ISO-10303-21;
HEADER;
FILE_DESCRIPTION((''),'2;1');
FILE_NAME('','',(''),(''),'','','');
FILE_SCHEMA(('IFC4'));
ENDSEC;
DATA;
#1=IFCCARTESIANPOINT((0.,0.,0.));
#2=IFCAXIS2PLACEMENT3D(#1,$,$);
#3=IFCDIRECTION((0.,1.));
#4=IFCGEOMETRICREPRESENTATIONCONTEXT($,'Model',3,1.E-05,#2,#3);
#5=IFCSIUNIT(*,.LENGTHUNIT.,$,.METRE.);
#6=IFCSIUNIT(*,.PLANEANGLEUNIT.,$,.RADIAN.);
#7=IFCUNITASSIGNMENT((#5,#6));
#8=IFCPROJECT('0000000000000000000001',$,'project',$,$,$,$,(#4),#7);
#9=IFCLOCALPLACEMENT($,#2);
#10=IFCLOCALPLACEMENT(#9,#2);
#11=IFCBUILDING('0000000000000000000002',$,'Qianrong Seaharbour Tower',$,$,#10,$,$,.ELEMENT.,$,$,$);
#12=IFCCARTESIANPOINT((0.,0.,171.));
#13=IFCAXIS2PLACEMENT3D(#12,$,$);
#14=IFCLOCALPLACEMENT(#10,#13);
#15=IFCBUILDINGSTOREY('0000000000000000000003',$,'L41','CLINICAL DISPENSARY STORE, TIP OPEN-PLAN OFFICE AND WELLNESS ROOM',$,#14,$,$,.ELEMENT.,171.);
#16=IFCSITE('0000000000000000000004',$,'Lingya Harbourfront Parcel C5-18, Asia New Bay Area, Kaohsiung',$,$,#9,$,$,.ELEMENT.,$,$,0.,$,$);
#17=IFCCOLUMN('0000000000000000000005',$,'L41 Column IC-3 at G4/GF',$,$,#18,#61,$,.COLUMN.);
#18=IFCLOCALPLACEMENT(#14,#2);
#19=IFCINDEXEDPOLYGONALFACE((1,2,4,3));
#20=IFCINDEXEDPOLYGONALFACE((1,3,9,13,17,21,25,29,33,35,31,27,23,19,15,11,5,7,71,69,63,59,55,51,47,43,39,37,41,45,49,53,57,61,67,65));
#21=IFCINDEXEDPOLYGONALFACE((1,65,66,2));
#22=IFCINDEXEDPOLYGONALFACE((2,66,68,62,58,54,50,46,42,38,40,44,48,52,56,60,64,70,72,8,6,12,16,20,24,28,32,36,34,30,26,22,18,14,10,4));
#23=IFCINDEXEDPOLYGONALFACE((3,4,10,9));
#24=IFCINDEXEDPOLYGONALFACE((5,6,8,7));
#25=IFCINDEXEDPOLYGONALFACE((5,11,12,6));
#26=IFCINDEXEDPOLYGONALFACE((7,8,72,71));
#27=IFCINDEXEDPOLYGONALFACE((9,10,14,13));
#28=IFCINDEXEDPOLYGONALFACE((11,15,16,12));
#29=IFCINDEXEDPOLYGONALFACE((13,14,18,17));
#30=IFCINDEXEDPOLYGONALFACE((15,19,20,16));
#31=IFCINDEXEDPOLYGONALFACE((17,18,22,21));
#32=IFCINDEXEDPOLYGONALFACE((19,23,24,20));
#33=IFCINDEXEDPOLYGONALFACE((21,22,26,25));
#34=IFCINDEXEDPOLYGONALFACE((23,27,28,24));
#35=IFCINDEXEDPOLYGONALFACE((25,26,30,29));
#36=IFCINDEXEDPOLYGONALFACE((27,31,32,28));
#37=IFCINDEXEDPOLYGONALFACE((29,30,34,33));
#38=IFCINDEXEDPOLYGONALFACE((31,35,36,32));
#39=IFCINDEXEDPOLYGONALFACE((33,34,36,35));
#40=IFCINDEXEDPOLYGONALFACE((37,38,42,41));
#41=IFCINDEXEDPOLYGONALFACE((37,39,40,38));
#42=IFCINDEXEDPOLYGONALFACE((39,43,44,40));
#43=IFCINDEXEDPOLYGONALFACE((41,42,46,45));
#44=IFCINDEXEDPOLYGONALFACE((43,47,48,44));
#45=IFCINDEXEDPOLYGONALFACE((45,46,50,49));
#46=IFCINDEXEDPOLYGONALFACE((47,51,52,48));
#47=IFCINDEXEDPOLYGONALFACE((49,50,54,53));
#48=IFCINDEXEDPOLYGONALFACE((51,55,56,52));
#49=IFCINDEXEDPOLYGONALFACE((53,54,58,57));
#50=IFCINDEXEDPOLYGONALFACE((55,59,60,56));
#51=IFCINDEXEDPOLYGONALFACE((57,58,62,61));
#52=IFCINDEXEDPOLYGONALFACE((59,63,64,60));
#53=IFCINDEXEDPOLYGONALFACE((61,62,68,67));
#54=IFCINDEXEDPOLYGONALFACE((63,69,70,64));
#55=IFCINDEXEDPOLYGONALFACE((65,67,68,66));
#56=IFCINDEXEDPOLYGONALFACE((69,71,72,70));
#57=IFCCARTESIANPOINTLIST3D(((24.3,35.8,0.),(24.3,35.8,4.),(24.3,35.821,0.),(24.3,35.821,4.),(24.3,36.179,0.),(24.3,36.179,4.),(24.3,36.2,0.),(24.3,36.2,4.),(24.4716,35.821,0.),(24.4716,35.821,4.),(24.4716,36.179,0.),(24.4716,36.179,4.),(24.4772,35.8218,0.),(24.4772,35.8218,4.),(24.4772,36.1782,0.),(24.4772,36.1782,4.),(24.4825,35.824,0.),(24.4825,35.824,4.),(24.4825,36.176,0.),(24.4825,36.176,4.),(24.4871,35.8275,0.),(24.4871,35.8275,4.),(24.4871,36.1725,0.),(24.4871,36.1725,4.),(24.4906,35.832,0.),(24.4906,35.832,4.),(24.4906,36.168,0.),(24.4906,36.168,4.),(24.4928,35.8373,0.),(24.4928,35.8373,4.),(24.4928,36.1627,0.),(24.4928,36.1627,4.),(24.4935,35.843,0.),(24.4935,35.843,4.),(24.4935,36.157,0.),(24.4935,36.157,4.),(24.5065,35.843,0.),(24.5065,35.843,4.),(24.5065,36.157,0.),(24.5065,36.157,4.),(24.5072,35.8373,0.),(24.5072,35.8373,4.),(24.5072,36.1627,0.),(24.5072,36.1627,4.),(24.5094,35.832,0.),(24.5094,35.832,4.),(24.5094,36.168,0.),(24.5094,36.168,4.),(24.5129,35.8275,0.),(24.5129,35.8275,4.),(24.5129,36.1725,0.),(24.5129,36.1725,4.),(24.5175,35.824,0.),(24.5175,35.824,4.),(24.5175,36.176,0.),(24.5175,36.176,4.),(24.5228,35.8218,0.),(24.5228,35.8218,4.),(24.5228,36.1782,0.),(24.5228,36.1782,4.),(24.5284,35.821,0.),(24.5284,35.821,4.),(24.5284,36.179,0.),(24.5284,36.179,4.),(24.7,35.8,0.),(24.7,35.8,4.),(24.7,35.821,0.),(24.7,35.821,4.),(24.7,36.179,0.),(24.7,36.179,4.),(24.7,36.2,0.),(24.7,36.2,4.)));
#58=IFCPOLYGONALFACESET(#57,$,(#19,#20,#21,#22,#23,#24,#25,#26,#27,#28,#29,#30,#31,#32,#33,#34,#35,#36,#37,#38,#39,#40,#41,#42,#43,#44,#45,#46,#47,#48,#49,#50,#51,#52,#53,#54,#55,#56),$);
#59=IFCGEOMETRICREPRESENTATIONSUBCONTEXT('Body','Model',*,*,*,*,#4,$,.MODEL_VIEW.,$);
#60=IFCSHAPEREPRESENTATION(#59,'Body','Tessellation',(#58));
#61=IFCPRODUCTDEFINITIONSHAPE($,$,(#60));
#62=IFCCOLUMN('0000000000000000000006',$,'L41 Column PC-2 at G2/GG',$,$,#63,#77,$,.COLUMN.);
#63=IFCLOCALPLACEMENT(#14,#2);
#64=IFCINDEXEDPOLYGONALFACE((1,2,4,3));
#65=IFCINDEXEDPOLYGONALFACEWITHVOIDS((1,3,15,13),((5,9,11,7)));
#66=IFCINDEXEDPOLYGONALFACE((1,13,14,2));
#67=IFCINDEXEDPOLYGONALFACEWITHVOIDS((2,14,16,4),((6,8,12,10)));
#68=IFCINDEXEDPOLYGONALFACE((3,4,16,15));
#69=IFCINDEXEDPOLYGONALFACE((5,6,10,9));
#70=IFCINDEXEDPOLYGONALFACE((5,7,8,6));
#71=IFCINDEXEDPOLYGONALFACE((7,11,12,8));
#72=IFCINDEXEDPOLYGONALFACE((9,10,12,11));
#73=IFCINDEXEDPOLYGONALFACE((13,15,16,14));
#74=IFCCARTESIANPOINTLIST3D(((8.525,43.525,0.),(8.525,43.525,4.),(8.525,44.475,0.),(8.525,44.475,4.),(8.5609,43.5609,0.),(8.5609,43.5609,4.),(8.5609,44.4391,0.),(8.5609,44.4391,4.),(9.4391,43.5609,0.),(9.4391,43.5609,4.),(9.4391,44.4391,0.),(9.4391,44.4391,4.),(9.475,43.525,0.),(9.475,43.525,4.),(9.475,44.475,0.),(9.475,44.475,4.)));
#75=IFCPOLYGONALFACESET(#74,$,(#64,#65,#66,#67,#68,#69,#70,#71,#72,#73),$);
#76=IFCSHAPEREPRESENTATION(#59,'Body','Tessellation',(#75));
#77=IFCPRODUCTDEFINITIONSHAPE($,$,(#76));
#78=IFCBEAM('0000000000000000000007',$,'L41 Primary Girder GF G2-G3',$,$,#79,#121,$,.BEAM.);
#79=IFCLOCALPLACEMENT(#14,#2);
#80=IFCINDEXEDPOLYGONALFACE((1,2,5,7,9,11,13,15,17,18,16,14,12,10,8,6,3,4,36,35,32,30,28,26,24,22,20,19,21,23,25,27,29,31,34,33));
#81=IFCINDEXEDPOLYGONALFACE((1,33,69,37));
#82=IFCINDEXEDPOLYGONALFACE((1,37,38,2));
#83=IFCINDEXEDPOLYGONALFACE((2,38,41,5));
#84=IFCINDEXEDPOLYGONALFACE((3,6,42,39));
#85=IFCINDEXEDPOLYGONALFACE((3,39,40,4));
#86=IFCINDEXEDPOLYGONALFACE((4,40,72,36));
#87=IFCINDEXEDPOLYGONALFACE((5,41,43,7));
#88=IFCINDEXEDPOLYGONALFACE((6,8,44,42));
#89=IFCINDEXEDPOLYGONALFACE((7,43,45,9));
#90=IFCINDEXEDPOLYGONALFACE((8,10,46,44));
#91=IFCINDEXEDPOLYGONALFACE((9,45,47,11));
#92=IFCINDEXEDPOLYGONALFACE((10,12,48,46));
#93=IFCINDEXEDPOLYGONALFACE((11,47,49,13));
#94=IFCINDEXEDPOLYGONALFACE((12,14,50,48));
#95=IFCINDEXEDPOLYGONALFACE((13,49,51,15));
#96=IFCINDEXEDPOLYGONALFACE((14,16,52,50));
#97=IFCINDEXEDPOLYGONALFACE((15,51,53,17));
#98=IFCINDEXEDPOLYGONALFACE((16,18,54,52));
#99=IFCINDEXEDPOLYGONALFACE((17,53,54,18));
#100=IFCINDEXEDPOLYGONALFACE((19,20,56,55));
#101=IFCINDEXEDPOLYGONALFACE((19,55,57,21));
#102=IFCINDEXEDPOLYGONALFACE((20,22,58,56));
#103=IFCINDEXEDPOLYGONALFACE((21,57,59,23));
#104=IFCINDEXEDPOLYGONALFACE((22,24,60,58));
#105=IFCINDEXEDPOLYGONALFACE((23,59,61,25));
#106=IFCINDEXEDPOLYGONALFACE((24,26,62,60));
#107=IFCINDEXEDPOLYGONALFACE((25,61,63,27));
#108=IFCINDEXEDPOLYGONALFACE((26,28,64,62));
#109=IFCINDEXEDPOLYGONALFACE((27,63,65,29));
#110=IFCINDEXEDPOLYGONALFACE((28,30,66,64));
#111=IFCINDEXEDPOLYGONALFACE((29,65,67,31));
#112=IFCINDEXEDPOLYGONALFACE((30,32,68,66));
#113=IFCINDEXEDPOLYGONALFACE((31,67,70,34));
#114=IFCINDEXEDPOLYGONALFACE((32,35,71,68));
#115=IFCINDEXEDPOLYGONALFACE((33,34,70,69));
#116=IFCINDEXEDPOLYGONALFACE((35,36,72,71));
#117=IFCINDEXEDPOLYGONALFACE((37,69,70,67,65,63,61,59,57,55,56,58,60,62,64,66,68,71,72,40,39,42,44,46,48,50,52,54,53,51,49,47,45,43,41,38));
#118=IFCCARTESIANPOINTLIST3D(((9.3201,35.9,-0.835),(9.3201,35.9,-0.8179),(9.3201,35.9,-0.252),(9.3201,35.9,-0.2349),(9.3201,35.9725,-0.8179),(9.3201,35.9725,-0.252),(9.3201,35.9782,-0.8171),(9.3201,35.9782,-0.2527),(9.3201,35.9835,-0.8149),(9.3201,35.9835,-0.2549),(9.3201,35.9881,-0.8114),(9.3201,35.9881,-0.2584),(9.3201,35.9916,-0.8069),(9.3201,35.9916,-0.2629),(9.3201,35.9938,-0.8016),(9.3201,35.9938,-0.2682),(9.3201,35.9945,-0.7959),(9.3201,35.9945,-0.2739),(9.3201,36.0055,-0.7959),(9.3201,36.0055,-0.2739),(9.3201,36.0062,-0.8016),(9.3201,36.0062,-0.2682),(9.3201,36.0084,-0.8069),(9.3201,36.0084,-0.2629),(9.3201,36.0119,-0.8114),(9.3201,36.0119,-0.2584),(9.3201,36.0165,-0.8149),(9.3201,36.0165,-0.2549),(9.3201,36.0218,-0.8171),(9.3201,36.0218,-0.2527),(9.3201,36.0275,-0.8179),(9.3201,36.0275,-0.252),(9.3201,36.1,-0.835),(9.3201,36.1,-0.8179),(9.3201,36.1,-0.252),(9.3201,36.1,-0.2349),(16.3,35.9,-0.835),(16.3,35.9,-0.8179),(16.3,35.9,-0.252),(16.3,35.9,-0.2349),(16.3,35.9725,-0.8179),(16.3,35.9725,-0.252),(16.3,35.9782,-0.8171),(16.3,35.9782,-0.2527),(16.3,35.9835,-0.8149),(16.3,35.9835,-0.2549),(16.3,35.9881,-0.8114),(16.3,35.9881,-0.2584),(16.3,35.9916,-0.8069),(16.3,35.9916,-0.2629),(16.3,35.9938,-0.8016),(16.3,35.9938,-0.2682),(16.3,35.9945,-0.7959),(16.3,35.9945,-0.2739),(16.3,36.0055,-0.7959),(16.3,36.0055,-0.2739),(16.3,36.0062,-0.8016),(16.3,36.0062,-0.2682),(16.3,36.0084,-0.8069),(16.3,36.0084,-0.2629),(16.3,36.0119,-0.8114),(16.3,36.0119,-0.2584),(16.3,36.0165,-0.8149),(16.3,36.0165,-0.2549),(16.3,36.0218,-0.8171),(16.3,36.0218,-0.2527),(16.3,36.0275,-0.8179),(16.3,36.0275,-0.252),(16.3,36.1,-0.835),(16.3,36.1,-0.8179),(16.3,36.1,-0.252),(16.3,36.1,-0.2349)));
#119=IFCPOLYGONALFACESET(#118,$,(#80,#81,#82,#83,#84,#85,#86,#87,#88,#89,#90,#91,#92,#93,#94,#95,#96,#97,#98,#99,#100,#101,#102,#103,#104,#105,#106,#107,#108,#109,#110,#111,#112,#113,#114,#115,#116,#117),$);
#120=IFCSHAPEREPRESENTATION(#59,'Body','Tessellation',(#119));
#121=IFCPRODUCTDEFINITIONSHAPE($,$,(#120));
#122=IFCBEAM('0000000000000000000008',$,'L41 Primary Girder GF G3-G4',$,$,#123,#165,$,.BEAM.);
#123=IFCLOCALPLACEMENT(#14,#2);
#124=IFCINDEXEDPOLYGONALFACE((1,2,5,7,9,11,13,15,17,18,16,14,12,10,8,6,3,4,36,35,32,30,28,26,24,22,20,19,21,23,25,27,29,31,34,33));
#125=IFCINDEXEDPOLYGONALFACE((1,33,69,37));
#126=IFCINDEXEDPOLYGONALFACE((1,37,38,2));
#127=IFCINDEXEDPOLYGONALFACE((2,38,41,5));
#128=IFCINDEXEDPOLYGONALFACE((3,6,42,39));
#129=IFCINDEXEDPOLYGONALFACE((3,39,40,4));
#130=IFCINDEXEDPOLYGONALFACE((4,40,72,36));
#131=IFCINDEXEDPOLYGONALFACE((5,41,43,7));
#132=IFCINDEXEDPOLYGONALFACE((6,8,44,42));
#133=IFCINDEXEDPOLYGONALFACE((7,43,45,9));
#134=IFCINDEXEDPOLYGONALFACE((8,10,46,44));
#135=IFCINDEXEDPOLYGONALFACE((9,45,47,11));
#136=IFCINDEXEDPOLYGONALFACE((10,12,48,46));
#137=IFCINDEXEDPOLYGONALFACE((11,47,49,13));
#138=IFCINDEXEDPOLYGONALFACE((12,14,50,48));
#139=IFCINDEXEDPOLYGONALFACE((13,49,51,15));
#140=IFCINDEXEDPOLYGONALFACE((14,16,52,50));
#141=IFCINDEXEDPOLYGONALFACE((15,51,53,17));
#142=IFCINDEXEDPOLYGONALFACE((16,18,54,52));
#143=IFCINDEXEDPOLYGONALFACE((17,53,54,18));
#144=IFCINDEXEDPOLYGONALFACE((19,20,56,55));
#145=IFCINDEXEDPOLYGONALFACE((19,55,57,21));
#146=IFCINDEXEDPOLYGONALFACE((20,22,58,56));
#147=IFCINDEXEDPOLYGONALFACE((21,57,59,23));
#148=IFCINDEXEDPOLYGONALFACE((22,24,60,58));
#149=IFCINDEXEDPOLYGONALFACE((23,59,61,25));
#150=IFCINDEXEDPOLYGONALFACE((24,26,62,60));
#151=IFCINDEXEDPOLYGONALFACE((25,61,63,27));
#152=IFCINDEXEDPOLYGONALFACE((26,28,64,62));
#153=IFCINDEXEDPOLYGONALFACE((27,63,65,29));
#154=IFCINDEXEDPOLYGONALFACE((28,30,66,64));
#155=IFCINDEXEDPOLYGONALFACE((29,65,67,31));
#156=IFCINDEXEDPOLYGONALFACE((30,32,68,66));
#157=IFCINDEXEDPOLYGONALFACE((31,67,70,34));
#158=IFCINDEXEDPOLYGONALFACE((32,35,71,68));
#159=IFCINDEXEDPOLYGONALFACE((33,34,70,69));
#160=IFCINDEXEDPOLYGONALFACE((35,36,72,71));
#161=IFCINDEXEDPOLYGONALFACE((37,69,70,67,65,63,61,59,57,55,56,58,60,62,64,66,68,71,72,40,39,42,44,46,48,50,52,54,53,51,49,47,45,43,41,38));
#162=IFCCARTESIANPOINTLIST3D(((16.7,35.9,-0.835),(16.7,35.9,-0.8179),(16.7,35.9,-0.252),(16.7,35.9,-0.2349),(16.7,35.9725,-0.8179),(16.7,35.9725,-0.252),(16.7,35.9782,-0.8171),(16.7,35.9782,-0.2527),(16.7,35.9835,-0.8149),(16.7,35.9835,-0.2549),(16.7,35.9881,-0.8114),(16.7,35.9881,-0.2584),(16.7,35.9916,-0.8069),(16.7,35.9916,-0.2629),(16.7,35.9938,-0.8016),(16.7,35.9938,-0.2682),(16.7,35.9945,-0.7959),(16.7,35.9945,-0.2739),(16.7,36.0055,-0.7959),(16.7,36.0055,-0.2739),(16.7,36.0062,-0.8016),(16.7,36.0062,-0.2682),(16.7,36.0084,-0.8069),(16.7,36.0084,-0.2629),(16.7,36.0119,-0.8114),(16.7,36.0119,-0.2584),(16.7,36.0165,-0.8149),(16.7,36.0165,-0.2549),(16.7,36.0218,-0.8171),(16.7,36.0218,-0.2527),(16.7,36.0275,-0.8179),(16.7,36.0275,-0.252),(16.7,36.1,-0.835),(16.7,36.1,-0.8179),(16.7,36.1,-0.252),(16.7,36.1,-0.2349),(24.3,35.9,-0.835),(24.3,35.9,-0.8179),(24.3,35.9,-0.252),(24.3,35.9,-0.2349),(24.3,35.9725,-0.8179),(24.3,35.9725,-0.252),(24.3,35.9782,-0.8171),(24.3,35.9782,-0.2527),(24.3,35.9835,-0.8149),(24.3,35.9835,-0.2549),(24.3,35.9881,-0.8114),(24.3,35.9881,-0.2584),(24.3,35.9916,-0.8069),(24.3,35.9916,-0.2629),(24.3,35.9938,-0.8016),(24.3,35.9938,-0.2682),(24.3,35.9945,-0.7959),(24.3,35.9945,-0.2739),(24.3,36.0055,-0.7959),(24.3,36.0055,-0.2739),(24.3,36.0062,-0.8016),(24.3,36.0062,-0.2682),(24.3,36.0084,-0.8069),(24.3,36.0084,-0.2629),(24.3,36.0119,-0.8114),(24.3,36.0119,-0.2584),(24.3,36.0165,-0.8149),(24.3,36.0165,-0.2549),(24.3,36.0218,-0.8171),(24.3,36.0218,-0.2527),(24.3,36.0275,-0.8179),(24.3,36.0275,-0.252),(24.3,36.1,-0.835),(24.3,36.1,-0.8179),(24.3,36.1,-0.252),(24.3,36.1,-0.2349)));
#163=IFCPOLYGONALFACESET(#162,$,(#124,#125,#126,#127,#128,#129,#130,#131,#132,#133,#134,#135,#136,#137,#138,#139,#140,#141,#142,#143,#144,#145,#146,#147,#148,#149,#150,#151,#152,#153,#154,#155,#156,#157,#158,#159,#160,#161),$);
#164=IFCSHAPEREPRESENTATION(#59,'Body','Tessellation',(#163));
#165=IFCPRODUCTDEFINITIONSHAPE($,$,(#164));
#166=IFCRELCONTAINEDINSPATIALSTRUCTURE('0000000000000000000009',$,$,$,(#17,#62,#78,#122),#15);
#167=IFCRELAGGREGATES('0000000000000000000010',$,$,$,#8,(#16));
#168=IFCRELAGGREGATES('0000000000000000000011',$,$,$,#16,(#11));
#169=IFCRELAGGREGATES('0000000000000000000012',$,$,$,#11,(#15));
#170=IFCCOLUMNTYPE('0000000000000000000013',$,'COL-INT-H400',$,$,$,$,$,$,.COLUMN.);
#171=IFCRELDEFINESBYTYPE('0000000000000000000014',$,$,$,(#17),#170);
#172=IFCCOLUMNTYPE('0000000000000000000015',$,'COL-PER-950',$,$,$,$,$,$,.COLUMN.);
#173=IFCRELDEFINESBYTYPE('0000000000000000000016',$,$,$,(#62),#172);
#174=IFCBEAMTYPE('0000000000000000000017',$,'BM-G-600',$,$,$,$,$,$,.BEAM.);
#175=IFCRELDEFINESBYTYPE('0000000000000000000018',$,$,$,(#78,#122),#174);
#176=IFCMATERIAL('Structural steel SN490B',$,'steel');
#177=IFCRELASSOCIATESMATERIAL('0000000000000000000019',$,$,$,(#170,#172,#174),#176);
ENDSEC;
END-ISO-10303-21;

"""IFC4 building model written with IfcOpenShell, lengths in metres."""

from ifc_helpers import new_model, si_unit, direction, frame, origin, origin_2d, place, context, subcontext, project, spatial, hollow_rectangle, i_section, extrude, material, material_profile, profile_set, type_object, element, save


model = new_model("IFC4")

# Units and contexts
model_context = context("Model", 3, precision=1e-05, world=origin(), true_north=direction((0.0, 1.0)))
body_context = subcontext(model_context, "Body", "Model", "MODEL_VIEW")
ifc_project = project(units=[si_unit("LENGTHUNIT", "METRE"), si_unit("PLANEANGLEUNIT", "RADIAN")], contexts=[model_context])

# Site, building, storey
site_placement = place(None, origin())
site = spatial("IfcSite", under=ifc_project, at=site_placement, Name="Lingya Harbourfront Parcel C5-18, Asia New Bay Area, Kaohsiung", CompositionType="ELEMENT", RefElevation=0.0)
building_placement = place(site_placement, origin())
building = spatial("IfcBuilding", under=site, at=building_placement, Name="Qianrong Seaharbour Tower", CompositionType="ELEMENT")
storey_placement = place(building_placement, frame((0.0, 0.0, 171.0)))
storey = spatial("IfcBuildingStorey", under=building, at=storey_placement, Name="L41", Description="CLINICAL DISPENSARY STORE, TIP OPEN-PLAN OFFICE AND WELLNESS ROOM", CompositionType="ELEMENT", Elevation=171.0)

# Columns
ifc_material_1 = material(Name="Structural steel SN490B", Category="steel")
ifc_material_profile_1 = material_profile(ifc_material_1, i_section(OverallWidth=0.3999, OverallDepth=0.3999, WebThickness=0.0129, FlangeThickness=0.021, FilletRadius=0.022, at=origin_2d()), Name="H400x400x13x21")
ifc_profile_set_1 = profile_set([ifc_material_profile_1], Name="Structural steel SN490B")
column_type_1 = type_object("IfcColumnType", Name="COL-INT-H400", PredefinedType="COLUMN", material=ifc_profile_set_1)
for number, where, z_axis, x_axis, name in (
    (1, (24.5, 36.0, 0.0), (0.0, 0.0, 1.0), (1.0, 0.0, 0.0), "L41 Column IC-3 at G4/GF"),
):
    element("IfcColumn", number, at=place(storey_placement, frame(where, z_axis=z_axis, x_axis=x_axis)), inside=storey, type_object=column_type_1, Name=name, PredefinedType="COLUMN", context=body_context, shape_type="SweptSolid", body=[
        extrude(i_section(OverallWidth=0.3999, OverallDepth=0.3999, WebThickness=0.0129, FlangeThickness=0.021, FilletRadius=0.022, at=origin_2d()), origin(), (0.0, 0.0, 1.0), 4.0),
    ])
ifc_material_profile_2 = material_profile(ifc_material_1, hollow_rectangle(XDim=0.95, YDim=0.95, WallThickness=0.0359, at=origin_2d()), Name="BOX950x950x36")
ifc_profile_set_2 = profile_set([ifc_material_profile_2], Name="Structural steel SN490B")
column_type_2 = type_object("IfcColumnType", Name="COL-PER-950", PredefinedType="COLUMN", material=ifc_profile_set_2)
column_1_placement = place(storey_placement, frame((9.0, 44.0, 0.0), z_axis=(0.0, 0.0, 1.0), x_axis=(1.0, 0.0, 0.0)))
element("IfcColumn", 2, at=column_1_placement, inside=storey, type_object=column_type_2, Name="L41 Column PC-2 at G2/GG", PredefinedType="COLUMN", context=body_context, shape_type="SweptSolid", body=[
    extrude(hollow_rectangle(XDim=0.95, YDim=0.95, WallThickness=0.0359, at=origin_2d()), origin(), (0.0, 0.0, 1.0), 4.0),
])

# Beams
ifc_material_profile_3 = material_profile(ifc_material_1, i_section(OverallWidth=0.2, OverallDepth=0.6001, WebThickness=0.011, FlangeThickness=0.0171, FilletRadius=0.022, at=origin_2d()), Name="H600x200x11x17")
ifc_profile_set_3 = profile_set([ifc_material_profile_3], Name="Structural steel SN490B")
beam_type_1 = type_object("IfcBeamType", Name="BM-G-600", PredefinedType="BEAM", material=ifc_profile_set_3)
beam_1_placement = place(storey_placement, frame((9.3201, 36.0, -0.5349), z_axis=(1.0, 0.0, 0.0), x_axis=(0.0, 1.0, 0.0)))
element("IfcBeam", 3, at=beam_1_placement, inside=storey, type_object=beam_type_1, Name="L41 Primary Girder GF G2-G3", PredefinedType="BEAM", context=body_context, shape_type="SweptSolid", body=[
    extrude(i_section(OverallWidth=0.2, OverallDepth=0.6001, WebThickness=0.011, FlangeThickness=0.0171, FilletRadius=0.022, at=origin_2d()), origin(), (0.0, 0.0, 1.0), 6.98),
])
beam_2_placement = place(storey_placement, frame((16.7, 36.0, -0.5349), z_axis=(1.0, 0.0, 0.0), x_axis=(0.0, 1.0, 0.0)))
element("IfcBeam", 4, at=beam_2_placement, inside=storey, type_object=beam_type_1, Name="L41 Primary Girder GF G3-G4", PredefinedType="BEAM", context=body_context, shape_type="SweptSolid", body=[
    extrude(i_section(OverallWidth=0.2, OverallDepth=0.6001, WebThickness=0.011, FlangeThickness=0.0171, FilletRadius=0.022, at=origin_2d()), origin(), (0.0, 0.0, 1.0), 7.6001),
])

save(model, "model.ifc")
